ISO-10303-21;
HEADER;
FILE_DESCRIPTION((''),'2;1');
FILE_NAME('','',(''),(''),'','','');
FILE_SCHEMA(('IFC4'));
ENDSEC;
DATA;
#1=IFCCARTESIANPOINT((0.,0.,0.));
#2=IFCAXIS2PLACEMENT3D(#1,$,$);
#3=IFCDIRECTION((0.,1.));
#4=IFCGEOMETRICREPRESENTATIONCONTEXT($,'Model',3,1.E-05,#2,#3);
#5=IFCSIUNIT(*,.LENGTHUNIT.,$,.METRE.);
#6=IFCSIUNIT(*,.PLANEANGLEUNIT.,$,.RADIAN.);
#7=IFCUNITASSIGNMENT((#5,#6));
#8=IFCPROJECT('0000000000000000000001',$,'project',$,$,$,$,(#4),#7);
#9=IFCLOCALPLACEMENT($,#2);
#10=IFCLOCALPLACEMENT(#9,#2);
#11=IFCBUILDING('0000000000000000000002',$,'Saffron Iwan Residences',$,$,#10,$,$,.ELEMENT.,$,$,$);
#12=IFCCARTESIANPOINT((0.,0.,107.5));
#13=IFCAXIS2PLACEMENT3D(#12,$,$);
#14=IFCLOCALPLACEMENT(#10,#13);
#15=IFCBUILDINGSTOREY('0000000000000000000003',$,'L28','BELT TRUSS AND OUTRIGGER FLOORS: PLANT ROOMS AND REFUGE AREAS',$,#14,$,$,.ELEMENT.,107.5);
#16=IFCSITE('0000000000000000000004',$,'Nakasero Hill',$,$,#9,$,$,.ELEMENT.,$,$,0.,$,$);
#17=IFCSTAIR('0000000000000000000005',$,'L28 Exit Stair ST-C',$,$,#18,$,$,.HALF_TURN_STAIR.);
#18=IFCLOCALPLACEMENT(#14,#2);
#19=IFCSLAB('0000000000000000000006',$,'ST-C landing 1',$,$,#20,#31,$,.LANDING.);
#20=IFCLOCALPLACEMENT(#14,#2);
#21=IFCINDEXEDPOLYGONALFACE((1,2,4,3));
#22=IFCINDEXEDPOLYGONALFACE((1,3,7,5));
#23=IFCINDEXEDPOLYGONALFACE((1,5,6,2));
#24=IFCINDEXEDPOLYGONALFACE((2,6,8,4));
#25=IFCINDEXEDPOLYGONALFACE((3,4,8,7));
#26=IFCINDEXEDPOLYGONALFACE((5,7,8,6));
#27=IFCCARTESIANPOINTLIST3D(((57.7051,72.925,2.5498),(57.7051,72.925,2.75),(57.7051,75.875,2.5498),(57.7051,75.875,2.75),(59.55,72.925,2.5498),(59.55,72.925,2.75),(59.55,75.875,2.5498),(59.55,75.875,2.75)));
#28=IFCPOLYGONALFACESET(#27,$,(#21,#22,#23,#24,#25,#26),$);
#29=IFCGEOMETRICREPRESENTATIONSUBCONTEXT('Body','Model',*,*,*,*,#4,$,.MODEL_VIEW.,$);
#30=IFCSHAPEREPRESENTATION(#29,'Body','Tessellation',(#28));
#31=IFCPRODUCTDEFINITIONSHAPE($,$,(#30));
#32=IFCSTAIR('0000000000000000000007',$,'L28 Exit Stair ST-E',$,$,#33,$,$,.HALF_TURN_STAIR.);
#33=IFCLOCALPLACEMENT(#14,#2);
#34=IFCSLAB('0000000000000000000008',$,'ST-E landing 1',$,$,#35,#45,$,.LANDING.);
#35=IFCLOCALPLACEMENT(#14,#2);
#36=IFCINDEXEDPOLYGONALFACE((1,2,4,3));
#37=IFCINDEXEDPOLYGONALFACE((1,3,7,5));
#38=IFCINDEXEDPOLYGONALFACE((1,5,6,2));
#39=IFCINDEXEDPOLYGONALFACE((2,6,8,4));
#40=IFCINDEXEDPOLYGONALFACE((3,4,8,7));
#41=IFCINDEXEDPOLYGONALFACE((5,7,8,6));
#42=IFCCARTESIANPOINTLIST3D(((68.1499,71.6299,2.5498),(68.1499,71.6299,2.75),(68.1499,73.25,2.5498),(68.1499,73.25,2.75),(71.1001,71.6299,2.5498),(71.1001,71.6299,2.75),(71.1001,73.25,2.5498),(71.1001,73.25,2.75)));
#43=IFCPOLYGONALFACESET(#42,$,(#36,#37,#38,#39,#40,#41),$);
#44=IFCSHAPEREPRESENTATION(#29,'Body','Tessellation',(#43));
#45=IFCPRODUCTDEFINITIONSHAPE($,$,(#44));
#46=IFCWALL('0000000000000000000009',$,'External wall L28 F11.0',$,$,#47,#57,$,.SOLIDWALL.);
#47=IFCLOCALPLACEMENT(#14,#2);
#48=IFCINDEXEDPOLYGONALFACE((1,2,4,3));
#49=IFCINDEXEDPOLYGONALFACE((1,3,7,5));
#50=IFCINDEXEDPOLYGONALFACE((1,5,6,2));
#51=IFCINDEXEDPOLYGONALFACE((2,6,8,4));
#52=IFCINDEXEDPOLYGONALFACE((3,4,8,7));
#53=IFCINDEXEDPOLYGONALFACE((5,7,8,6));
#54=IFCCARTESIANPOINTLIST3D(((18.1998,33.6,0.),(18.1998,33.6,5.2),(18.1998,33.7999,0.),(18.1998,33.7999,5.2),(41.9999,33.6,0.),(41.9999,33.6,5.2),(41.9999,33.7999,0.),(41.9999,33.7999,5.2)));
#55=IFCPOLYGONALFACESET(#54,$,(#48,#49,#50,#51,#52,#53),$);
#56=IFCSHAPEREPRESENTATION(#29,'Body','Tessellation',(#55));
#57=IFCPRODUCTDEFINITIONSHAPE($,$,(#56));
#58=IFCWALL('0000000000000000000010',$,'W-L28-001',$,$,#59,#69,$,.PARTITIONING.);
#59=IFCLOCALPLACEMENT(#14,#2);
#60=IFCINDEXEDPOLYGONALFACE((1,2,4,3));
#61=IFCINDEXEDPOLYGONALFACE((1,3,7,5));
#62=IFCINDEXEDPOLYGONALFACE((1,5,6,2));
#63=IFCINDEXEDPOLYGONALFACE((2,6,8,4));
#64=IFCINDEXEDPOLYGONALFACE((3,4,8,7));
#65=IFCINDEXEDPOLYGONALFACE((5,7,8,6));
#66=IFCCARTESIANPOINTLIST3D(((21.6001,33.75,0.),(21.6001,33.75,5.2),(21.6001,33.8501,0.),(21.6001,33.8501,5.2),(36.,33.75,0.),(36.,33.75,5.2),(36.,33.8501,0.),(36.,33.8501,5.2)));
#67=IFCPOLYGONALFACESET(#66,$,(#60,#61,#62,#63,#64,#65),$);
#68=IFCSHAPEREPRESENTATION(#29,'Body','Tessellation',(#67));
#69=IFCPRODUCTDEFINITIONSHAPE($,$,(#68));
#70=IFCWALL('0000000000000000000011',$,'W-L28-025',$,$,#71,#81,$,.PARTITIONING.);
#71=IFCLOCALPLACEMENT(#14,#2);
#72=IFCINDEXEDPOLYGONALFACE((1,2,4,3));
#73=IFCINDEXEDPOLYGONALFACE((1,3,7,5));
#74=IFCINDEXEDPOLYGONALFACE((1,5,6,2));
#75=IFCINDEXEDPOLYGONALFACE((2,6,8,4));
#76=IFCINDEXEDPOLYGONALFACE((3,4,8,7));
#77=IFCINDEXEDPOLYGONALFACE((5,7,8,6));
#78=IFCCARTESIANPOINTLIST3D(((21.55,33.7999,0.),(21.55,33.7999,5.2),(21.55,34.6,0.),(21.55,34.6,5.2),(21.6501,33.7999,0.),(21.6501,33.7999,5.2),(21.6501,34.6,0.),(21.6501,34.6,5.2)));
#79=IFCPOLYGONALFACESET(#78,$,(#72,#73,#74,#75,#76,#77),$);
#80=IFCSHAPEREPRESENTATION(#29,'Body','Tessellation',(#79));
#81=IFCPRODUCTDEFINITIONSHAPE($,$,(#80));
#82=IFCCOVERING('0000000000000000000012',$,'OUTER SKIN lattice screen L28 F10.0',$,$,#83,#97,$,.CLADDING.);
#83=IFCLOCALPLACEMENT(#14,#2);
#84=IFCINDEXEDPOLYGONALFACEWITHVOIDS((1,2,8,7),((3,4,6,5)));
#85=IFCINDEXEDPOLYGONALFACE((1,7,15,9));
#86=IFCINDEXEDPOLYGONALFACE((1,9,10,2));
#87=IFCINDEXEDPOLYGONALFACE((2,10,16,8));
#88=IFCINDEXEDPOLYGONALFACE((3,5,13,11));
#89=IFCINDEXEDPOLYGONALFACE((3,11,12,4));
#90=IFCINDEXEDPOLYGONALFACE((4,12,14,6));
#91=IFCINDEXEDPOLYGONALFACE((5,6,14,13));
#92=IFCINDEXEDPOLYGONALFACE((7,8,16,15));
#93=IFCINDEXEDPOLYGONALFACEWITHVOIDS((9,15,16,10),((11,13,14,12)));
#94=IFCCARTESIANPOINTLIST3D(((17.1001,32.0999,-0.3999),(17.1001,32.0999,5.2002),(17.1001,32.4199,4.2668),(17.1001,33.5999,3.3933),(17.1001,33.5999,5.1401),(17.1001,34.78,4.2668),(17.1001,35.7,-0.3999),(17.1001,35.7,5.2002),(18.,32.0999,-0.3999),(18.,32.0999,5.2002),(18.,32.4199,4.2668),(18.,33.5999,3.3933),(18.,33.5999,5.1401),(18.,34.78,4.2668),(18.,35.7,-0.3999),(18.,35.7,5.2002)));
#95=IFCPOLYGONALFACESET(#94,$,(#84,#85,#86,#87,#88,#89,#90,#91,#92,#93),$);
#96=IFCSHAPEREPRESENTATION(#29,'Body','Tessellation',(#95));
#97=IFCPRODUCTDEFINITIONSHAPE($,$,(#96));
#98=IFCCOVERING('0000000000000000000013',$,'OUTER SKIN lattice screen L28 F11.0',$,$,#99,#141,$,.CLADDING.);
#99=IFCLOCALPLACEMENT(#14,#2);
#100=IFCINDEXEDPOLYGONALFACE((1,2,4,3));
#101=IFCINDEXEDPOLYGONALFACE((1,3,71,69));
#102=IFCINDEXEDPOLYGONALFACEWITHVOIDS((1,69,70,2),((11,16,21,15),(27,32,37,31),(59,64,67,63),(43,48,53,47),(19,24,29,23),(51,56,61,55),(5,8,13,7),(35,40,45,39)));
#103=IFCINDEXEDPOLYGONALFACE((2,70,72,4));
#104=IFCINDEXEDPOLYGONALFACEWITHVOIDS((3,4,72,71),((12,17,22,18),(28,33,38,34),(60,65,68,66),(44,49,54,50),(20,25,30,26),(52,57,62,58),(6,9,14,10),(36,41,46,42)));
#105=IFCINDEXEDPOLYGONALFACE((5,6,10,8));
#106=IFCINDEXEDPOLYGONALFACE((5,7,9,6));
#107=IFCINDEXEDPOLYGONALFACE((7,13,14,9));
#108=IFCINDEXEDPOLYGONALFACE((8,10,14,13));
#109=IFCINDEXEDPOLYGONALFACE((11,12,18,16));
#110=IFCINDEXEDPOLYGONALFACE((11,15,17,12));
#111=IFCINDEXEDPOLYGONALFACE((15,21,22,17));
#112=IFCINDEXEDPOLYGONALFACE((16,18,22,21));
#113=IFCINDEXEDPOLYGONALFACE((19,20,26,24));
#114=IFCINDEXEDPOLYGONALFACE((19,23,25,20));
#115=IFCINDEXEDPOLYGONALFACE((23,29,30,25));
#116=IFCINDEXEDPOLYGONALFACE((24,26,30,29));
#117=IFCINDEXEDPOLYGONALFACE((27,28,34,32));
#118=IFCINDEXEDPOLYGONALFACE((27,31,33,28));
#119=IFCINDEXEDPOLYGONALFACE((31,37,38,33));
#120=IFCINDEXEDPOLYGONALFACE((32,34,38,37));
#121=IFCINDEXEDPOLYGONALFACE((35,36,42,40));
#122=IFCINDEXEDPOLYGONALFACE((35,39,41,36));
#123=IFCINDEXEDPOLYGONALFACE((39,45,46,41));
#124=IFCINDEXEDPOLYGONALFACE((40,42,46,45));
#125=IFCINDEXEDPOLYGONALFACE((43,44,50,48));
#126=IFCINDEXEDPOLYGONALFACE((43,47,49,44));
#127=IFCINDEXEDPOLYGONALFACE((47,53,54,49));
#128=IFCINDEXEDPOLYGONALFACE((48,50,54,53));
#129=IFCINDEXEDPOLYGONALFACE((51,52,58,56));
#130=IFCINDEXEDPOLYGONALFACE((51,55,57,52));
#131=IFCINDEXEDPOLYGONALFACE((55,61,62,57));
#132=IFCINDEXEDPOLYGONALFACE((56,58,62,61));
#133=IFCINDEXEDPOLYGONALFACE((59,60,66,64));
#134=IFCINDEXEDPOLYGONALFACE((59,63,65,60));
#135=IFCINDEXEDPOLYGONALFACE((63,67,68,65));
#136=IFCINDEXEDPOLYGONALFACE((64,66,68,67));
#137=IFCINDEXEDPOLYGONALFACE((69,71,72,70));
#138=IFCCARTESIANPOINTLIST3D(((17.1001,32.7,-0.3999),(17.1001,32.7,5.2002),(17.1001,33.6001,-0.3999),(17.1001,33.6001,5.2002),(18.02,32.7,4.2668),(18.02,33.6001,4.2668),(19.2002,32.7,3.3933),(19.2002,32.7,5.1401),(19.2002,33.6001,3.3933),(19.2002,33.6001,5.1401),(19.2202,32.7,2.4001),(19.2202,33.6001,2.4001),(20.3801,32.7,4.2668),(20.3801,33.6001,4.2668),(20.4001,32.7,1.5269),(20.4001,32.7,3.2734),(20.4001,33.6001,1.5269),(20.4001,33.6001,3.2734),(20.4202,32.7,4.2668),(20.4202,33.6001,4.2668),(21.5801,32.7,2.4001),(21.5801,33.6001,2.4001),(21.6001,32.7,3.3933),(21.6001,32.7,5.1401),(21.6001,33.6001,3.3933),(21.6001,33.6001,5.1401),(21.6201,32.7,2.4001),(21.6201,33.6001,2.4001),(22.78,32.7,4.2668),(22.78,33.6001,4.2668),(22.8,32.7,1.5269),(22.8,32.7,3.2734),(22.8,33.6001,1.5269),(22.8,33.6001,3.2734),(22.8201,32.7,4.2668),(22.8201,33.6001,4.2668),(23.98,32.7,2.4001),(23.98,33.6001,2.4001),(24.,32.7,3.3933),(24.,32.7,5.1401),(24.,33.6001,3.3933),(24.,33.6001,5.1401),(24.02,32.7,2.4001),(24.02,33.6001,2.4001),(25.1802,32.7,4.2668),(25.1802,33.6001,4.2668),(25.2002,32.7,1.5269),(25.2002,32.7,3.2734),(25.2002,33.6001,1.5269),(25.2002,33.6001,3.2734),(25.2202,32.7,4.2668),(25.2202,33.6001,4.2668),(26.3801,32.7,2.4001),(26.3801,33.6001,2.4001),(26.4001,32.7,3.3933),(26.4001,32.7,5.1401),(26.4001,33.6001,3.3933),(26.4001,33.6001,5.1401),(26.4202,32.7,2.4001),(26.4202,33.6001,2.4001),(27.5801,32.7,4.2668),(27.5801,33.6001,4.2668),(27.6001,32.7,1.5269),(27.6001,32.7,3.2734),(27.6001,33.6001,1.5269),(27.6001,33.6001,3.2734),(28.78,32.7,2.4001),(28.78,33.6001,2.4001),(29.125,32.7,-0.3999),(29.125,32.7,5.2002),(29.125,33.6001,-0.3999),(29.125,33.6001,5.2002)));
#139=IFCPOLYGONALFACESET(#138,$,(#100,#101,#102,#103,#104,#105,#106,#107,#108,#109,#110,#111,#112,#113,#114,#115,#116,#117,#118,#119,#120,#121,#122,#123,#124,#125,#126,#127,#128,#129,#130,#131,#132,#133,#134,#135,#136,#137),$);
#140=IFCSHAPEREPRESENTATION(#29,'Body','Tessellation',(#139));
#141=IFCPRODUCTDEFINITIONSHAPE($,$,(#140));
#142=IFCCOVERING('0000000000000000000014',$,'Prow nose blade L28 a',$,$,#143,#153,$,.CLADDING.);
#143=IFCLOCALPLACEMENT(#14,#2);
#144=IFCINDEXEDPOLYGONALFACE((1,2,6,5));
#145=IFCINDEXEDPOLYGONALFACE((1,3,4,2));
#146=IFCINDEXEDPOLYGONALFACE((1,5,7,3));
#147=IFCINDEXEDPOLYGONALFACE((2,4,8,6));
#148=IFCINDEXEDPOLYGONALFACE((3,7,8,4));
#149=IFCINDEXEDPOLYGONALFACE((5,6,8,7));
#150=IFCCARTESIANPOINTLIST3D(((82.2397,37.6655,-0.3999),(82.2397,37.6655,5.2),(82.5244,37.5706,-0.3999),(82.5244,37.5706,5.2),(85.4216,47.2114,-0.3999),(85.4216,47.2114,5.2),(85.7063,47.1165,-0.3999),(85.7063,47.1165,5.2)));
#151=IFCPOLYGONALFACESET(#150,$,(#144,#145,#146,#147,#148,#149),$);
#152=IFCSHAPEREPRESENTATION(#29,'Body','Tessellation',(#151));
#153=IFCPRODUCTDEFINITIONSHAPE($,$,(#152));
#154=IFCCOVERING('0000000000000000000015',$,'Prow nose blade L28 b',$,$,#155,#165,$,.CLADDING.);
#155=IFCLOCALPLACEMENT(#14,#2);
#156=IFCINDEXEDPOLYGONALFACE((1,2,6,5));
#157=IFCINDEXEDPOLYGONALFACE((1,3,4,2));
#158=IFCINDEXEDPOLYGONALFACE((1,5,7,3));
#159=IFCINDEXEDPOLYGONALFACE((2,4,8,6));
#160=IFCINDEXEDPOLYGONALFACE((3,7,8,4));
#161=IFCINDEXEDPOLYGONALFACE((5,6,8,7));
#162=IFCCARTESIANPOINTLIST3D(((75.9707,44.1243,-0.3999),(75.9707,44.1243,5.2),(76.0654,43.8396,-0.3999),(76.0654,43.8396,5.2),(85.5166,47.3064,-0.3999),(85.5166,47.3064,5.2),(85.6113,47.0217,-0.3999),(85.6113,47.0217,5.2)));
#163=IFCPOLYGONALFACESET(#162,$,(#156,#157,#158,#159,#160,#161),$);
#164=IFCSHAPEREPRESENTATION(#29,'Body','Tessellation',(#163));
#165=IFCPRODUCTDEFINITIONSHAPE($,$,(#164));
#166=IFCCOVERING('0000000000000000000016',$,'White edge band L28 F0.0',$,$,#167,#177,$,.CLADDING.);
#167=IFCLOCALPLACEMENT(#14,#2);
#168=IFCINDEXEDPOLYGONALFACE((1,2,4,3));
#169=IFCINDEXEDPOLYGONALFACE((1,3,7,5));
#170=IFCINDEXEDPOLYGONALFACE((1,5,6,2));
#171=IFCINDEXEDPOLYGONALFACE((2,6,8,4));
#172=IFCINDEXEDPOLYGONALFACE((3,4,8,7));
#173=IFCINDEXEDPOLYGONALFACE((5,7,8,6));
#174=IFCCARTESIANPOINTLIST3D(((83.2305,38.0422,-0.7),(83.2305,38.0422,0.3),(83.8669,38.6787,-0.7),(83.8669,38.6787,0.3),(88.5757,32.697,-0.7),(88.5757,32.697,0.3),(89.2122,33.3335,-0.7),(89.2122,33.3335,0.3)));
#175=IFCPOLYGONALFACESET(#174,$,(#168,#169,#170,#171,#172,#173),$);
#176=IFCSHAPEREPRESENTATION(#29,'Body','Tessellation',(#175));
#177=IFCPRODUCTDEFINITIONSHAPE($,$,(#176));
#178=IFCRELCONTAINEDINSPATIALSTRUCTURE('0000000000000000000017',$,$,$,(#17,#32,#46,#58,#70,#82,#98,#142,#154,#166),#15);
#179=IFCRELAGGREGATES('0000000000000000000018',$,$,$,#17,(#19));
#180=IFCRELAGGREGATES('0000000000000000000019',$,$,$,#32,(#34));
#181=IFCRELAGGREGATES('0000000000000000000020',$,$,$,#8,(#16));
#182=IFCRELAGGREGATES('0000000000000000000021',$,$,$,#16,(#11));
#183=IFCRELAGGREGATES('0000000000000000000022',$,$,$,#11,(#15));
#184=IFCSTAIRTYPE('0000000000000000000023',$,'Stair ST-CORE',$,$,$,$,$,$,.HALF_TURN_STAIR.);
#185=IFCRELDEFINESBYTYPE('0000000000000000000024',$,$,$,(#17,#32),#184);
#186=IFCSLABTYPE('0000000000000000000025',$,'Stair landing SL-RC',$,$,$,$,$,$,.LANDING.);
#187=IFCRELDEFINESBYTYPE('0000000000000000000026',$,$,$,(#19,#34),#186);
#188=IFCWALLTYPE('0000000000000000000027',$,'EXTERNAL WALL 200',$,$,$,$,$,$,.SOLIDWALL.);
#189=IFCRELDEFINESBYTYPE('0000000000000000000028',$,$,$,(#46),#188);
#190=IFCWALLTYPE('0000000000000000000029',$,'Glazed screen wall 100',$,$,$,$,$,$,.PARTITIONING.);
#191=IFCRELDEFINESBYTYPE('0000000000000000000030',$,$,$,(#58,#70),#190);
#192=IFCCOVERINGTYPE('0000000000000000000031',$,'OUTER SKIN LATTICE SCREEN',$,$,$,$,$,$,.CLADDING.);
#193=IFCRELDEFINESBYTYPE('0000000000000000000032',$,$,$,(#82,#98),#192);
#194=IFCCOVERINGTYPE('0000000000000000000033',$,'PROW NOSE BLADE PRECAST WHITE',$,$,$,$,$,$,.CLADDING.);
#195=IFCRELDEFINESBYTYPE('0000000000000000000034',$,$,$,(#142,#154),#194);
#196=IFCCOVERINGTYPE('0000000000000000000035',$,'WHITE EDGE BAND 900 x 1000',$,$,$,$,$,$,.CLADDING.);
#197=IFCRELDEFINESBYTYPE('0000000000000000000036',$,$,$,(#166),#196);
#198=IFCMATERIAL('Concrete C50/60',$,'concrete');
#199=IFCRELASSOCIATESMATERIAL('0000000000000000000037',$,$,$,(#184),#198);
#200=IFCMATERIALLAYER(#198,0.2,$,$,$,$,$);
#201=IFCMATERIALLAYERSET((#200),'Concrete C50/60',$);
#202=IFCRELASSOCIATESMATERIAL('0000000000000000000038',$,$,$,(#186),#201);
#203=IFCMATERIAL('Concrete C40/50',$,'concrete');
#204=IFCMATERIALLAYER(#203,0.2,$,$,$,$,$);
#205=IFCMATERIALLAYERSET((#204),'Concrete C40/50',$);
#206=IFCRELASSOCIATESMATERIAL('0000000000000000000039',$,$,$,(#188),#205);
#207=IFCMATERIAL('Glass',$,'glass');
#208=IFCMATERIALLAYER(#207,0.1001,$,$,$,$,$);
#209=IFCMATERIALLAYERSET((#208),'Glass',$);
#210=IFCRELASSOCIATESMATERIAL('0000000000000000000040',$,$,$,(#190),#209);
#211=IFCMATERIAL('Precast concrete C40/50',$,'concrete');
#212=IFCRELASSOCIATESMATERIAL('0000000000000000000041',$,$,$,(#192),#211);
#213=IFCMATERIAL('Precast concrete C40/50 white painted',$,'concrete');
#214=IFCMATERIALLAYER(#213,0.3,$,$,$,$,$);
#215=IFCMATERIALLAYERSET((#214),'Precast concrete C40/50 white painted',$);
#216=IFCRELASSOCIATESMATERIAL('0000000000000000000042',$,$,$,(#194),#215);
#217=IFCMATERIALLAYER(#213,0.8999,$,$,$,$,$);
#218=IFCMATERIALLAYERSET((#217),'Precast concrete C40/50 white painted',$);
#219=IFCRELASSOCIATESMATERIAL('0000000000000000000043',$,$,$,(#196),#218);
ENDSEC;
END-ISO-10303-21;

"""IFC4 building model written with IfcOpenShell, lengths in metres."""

from ifc_helpers import new_model, si_unit, direction, frame, frame_2d, origin, place, context, subcontext, project, spatial, polyline, rectangle, outline, extrude, material, layer, layer_set, type_object, element, aggregate, save


model = new_model("IFC4")

# Units and contexts
model_context = context("Model", 3, precision=1e-05, world=origin(), true_north=direction((0.0, 1.0)))
body_context = subcontext(model_context, "Body", "Model", "MODEL_VIEW")
ifc_project = project(units=[si_unit("LENGTHUNIT", "METRE"), si_unit("PLANEANGLEUNIT", "RADIAN")], contexts=[model_context])

# Site, building, storey
site_placement = place(None, origin())
site = spatial("IfcSite", under=ifc_project, at=site_placement, Name="Nakasero Hill", CompositionType="ELEMENT", RefElevation=0.0)
building_placement = place(site_placement, origin())
building = spatial("IfcBuilding", under=site, at=building_placement, Name="Saffron Iwan Residences", CompositionType="ELEMENT")
storey_placement = place(building_placement, frame((0.0, 0.0, 107.5)))
storey = spatial("IfcBuildingStorey", under=building, at=storey_placement, Name="L28", Description="BELT TRUSS AND OUTRIGGER FLOORS: PLANT ROOMS AND REFUGE AREAS", CompositionType="ELEMENT", Elevation=107.5)

# Shared definitions
ifc_material_1 = material(Name="Concrete C40/50", Category="concrete")

# Stairs, slabs
ifc_material_2 = material(Name="Concrete C50/60", Category="concrete")
stair_type = type_object("IfcStairType", Name="Stair ST-CORE", PredefinedType="HALF_TURN_STAIR", material=ifc_material_2)
ifc_layer_1 = layer(ifc_material_2, 0.2)
ifc_layer_set_1 = layer_set([ifc_layer_1], Name="Concrete C50/60")
slab_type_1 = type_object("IfcSlabType", Name="Stair landing SL-RC", PredefinedType="LANDING", material=ifc_layer_set_1)
stair_1_placement = place(storey_placement, origin())
stair_1 = element("IfcStair", 1, at=stair_1_placement, inside=storey, type_object=stair_type, Name="L28 Exit Stair ST-C", PredefinedType="HALF_TURN_STAIR")
slab_1_placement = place(storey_placement, frame((0.0, 0.0, 2.5498)))
slab_1 = element("IfcSlab", 2, at=slab_1_placement, type_object=slab_type_1, Name="ST-C landing 1", PredefinedType="LANDING", context=body_context, shape_type="SweptSolid", body=[
    extrude(outline(polyline([(57.7051, 72.925), (59.55, 72.925), (59.55, 75.875), (57.7051, 75.875), (57.7051, 72.925)])), origin(), (0.0, 0.0, 1.0), 0.2002),
])
aggregate(stair_1, [slab_1])
stair_2_placement = place(storey_placement, origin())
stair_2 = element("IfcStair", 3, at=stair_2_placement, inside=storey, type_object=stair_type, Name="L28 Exit Stair ST-E", PredefinedType="HALF_TURN_STAIR")
slab_2_placement = place(storey_placement, frame((0.0, 0.0, 2.5498)))
slab_2 = element("IfcSlab", 4, at=slab_2_placement, type_object=slab_type_1, Name="ST-E landing 1", PredefinedType="LANDING", context=body_context, shape_type="SweptSolid", body=[
    extrude(outline(polyline([(71.1001, 71.6299), (71.1001, 73.25), (68.1499, 73.25), (68.1499, 71.6299), (71.1001, 71.6299)])), origin(), (0.0, 0.0, 1.0), 0.2002),
])
aggregate(stair_2, [slab_2])

# Walls
ifc_layer_2 = layer(ifc_material_1, 0.2)
ifc_layer_set_2 = layer_set([ifc_layer_2], Name="Concrete C40/50")
wall_type_1 = type_object("IfcWallType", Name="EXTERNAL WALL 200", PredefinedType="SOLIDWALL", material=ifc_layer_set_2)
wall_1_placement = place(storey_placement, frame((18.2, 33.7, 0.0), z_axis=(0.0, 0.0, 1.0), x_axis=(1.0, 0.0, 0.0)))
element("IfcWall", 5, at=wall_1_placement, inside=storey, type_object=wall_type_1, Name="External wall L28 F11.0", PredefinedType="SOLIDWALL", context=body_context, shape_type="SweptSolid", body=[
    extrude(rectangle(XDim=23.8, YDim=0.2, at=frame_2d((11.8999, 0.0))), origin(), (0.0, 0.0, 1.0), 5.2),
])
ifc_material_3 = material(Name="Glass", Category="glass")
ifc_layer_3 = layer(ifc_material_3, 0.1001)
ifc_layer_set_3 = layer_set([ifc_layer_3], Name="Glass")
wall_type_2 = type_object("IfcWallType", Name="Glazed screen wall 100", PredefinedType="PARTITIONING", material=ifc_layer_set_3)
wall_2_placement = place(storey_placement, frame((21.6001, 33.8, 0.0), z_axis=(0.0, 0.0, 1.0), x_axis=(1.0, 0.0, 0.0)))
element("IfcWall", 6, at=wall_2_placement, inside=storey, type_object=wall_type_2, Name="W-L28-001", PredefinedType="PARTITIONING", context=body_context, shape_type="SweptSolid", body=[
    extrude(rectangle(XDim=14.3999, YDim=0.1001, at=frame_2d((7.2, 0.0))), origin(), (0.0, 0.0, 1.0), 5.2),
])
wall_3_placement = place(storey_placement, frame((21.6001, 33.8, 0.0), z_axis=(0.0, 0.0, 1.0), x_axis=(0.0, 1.0, 0.0)))
element("IfcWall", 7, at=wall_3_placement, inside=storey, type_object=wall_type_2, Name="W-L28-025", PredefinedType="PARTITIONING", context=body_context, shape_type="SweptSolid", body=[
    extrude(rectangle(XDim=0.8, YDim=0.1001, at=frame_2d((0.3999, 0.0))), origin(), (0.0, 0.0, 1.0), 5.2),
])

# Coverings
ifc_material_4 = material(Name="Precast concrete C40/50", Category="concrete")
covering_type_1 = type_object("IfcCoveringType", Name="OUTER SKIN LATTICE SCREEN", PredefinedType="CLADDING", material=ifc_material_4)
covering_1_placement = place(storey_placement, frame((18.0, 35.7, -0.3999), z_axis=(-1.0, 0.0, 0.0), x_axis=(0.0, -1.0, 0.0)))
element("IfcCovering", 8, at=covering_1_placement, inside=storey, type_object=covering_type_1, Name="OUTER SKIN lattice screen L28 F10.0", PredefinedType="CLADDING", context=body_context, shape_type="SweptSolid", body=[
    extrude(outline(polyline([(0.0, 0.0), (3.6001, 0.0), (3.6001, 5.6001), (0.0, 5.6001), (0.0, 0.0)]), holes=[polyline([(0.9199, 4.6667), (2.1001, 3.7932), (3.28, 4.6667), (2.1001, 5.54), (0.9199, 4.6667)])]), origin(), (0.0, 0.0, 1.0), 0.8999),
])
covering_2_placement = place(storey_placement, frame((17.1001, 33.6001, -0.3999), z_axis=(0.0, -1.0, 0.0), x_axis=(1.0, 0.0, 0.0)))
element("IfcCovering", 9, at=covering_2_placement, inside=storey, type_object=covering_type_1, Name="OUTER SKIN lattice screen L28 F11.0", PredefinedType="CLADDING", context=body_context, shape_type="SweptSolid", body=[
    extrude(outline(polyline([(0.0, 0.0), (12.0249, 0.0), (12.0249, 5.6001), (0.0, 5.6001), (0.0, 0.0)]), holes=[polyline([(2.1201, 2.8), (3.3, 1.9268), (4.48, 2.8), (3.3, 3.6733), (2.1201, 2.8)]), polyline([(4.52, 2.8), (5.7, 1.9268), (6.8799, 2.8), (5.7, 3.6733), (4.52, 2.8)]), polyline([(6.9199, 2.8), (8.1001, 1.9268), (9.28, 2.8), (8.1001, 3.6733), (6.9199, 2.8)]), polyline([(9.3201, 2.8), (10.5, 1.9268), (11.6799, 2.8), (10.5, 3.6733), (9.3201, 2.8)]), polyline([(0.9199, 4.6667), (2.1001, 3.7932), (3.28, 4.6667), (2.1001, 5.54), (0.9199, 4.6667)]), polyline([(3.3201, 4.6667), (4.5, 3.7932), (5.6799, 4.6667), (4.5, 5.54), (3.3201, 4.6667)]), polyline([(5.72, 4.6667), (6.8999, 3.7932), (8.0801, 4.6667), (6.8999, 5.54), (5.72, 4.6667)]), polyline([(8.1201, 4.6667), (9.3, 3.7932), (10.48, 4.6667), (9.3, 5.54), (8.1201, 4.6667)])]), origin(), (0.0, 0.0, 1.0), 0.9001),
])
ifc_material_5 = material(Name="Precast concrete C40/50 white painted", Category="concrete")
ifc_layer_4 = layer(ifc_material_5, 0.3)
ifc_layer_set_4 = layer_set([ifc_layer_4], Name="Precast concrete C40/50 white painted")
covering_type_2 = type_object("IfcCoveringType", Name="PROW NOSE BLADE PRECAST WHITE", PredefinedType="CLADDING", material=ifc_layer_set_4)
covering_3_placement = place(storey_placement, frame((0.0, 0.0, -0.3999)))
element("IfcCovering", 10, at=covering_3_placement, inside=storey, type_object=covering_type_2, Name="Prow nose blade L28 a", PredefinedType="CLADDING", context=body_context, shape_type="SweptSolid", body=[
    extrude(outline(polyline([(82.5244, 37.5706), (85.7063, 47.1165), (85.4216, 47.2114), (82.2397, 37.6655), (82.5244, 37.5706)])), origin(), (0.0, 0.0, 1.0), 5.5999),
])
covering_4_placement = place(storey_placement, frame((0.0, 0.0, -0.3999)))
element("IfcCovering", 11, at=covering_4_placement, inside=storey, type_object=covering_type_2, Name="Prow nose blade L28 b", PredefinedType="CLADDING", context=body_context, shape_type="SweptSolid", body=[
    extrude(outline(polyline([(76.0654, 43.8396), (85.6113, 47.0217), (85.5166, 47.3064), (75.9707, 44.1243), (76.0654, 43.8396)])), origin(), (0.0, 0.0, 1.0), 5.5999),
])
ifc_layer_5 = layer(ifc_material_5, 0.8999)
ifc_layer_set_5 = layer_set([ifc_layer_5], Name="Precast concrete C40/50 white painted")
covering_type_3 = type_object("IfcCoveringType", Name="WHITE EDGE BAND 900 x 1000", PredefinedType="CLADDING", material=ifc_layer_set_5)
covering_5_placement = place(storey_placement, frame((0.0, 0.0, -0.7)))
element("IfcCovering", 12, at=covering_5_placement, inside=storey, type_object=covering_type_3, Name="White edge band L28 F0.0", PredefinedType="CLADDING", context=body_context, shape_type="SweptSolid", body=[
    extrude(outline(polyline([(89.2122, 33.3335), (83.8669, 38.6787), (83.2305, 38.0422), (88.5757, 32.697), (89.2122, 33.3335)])), origin(), (0.0, 0.0, 1.0), 1.0),
])

save(model, "model.ifc")
